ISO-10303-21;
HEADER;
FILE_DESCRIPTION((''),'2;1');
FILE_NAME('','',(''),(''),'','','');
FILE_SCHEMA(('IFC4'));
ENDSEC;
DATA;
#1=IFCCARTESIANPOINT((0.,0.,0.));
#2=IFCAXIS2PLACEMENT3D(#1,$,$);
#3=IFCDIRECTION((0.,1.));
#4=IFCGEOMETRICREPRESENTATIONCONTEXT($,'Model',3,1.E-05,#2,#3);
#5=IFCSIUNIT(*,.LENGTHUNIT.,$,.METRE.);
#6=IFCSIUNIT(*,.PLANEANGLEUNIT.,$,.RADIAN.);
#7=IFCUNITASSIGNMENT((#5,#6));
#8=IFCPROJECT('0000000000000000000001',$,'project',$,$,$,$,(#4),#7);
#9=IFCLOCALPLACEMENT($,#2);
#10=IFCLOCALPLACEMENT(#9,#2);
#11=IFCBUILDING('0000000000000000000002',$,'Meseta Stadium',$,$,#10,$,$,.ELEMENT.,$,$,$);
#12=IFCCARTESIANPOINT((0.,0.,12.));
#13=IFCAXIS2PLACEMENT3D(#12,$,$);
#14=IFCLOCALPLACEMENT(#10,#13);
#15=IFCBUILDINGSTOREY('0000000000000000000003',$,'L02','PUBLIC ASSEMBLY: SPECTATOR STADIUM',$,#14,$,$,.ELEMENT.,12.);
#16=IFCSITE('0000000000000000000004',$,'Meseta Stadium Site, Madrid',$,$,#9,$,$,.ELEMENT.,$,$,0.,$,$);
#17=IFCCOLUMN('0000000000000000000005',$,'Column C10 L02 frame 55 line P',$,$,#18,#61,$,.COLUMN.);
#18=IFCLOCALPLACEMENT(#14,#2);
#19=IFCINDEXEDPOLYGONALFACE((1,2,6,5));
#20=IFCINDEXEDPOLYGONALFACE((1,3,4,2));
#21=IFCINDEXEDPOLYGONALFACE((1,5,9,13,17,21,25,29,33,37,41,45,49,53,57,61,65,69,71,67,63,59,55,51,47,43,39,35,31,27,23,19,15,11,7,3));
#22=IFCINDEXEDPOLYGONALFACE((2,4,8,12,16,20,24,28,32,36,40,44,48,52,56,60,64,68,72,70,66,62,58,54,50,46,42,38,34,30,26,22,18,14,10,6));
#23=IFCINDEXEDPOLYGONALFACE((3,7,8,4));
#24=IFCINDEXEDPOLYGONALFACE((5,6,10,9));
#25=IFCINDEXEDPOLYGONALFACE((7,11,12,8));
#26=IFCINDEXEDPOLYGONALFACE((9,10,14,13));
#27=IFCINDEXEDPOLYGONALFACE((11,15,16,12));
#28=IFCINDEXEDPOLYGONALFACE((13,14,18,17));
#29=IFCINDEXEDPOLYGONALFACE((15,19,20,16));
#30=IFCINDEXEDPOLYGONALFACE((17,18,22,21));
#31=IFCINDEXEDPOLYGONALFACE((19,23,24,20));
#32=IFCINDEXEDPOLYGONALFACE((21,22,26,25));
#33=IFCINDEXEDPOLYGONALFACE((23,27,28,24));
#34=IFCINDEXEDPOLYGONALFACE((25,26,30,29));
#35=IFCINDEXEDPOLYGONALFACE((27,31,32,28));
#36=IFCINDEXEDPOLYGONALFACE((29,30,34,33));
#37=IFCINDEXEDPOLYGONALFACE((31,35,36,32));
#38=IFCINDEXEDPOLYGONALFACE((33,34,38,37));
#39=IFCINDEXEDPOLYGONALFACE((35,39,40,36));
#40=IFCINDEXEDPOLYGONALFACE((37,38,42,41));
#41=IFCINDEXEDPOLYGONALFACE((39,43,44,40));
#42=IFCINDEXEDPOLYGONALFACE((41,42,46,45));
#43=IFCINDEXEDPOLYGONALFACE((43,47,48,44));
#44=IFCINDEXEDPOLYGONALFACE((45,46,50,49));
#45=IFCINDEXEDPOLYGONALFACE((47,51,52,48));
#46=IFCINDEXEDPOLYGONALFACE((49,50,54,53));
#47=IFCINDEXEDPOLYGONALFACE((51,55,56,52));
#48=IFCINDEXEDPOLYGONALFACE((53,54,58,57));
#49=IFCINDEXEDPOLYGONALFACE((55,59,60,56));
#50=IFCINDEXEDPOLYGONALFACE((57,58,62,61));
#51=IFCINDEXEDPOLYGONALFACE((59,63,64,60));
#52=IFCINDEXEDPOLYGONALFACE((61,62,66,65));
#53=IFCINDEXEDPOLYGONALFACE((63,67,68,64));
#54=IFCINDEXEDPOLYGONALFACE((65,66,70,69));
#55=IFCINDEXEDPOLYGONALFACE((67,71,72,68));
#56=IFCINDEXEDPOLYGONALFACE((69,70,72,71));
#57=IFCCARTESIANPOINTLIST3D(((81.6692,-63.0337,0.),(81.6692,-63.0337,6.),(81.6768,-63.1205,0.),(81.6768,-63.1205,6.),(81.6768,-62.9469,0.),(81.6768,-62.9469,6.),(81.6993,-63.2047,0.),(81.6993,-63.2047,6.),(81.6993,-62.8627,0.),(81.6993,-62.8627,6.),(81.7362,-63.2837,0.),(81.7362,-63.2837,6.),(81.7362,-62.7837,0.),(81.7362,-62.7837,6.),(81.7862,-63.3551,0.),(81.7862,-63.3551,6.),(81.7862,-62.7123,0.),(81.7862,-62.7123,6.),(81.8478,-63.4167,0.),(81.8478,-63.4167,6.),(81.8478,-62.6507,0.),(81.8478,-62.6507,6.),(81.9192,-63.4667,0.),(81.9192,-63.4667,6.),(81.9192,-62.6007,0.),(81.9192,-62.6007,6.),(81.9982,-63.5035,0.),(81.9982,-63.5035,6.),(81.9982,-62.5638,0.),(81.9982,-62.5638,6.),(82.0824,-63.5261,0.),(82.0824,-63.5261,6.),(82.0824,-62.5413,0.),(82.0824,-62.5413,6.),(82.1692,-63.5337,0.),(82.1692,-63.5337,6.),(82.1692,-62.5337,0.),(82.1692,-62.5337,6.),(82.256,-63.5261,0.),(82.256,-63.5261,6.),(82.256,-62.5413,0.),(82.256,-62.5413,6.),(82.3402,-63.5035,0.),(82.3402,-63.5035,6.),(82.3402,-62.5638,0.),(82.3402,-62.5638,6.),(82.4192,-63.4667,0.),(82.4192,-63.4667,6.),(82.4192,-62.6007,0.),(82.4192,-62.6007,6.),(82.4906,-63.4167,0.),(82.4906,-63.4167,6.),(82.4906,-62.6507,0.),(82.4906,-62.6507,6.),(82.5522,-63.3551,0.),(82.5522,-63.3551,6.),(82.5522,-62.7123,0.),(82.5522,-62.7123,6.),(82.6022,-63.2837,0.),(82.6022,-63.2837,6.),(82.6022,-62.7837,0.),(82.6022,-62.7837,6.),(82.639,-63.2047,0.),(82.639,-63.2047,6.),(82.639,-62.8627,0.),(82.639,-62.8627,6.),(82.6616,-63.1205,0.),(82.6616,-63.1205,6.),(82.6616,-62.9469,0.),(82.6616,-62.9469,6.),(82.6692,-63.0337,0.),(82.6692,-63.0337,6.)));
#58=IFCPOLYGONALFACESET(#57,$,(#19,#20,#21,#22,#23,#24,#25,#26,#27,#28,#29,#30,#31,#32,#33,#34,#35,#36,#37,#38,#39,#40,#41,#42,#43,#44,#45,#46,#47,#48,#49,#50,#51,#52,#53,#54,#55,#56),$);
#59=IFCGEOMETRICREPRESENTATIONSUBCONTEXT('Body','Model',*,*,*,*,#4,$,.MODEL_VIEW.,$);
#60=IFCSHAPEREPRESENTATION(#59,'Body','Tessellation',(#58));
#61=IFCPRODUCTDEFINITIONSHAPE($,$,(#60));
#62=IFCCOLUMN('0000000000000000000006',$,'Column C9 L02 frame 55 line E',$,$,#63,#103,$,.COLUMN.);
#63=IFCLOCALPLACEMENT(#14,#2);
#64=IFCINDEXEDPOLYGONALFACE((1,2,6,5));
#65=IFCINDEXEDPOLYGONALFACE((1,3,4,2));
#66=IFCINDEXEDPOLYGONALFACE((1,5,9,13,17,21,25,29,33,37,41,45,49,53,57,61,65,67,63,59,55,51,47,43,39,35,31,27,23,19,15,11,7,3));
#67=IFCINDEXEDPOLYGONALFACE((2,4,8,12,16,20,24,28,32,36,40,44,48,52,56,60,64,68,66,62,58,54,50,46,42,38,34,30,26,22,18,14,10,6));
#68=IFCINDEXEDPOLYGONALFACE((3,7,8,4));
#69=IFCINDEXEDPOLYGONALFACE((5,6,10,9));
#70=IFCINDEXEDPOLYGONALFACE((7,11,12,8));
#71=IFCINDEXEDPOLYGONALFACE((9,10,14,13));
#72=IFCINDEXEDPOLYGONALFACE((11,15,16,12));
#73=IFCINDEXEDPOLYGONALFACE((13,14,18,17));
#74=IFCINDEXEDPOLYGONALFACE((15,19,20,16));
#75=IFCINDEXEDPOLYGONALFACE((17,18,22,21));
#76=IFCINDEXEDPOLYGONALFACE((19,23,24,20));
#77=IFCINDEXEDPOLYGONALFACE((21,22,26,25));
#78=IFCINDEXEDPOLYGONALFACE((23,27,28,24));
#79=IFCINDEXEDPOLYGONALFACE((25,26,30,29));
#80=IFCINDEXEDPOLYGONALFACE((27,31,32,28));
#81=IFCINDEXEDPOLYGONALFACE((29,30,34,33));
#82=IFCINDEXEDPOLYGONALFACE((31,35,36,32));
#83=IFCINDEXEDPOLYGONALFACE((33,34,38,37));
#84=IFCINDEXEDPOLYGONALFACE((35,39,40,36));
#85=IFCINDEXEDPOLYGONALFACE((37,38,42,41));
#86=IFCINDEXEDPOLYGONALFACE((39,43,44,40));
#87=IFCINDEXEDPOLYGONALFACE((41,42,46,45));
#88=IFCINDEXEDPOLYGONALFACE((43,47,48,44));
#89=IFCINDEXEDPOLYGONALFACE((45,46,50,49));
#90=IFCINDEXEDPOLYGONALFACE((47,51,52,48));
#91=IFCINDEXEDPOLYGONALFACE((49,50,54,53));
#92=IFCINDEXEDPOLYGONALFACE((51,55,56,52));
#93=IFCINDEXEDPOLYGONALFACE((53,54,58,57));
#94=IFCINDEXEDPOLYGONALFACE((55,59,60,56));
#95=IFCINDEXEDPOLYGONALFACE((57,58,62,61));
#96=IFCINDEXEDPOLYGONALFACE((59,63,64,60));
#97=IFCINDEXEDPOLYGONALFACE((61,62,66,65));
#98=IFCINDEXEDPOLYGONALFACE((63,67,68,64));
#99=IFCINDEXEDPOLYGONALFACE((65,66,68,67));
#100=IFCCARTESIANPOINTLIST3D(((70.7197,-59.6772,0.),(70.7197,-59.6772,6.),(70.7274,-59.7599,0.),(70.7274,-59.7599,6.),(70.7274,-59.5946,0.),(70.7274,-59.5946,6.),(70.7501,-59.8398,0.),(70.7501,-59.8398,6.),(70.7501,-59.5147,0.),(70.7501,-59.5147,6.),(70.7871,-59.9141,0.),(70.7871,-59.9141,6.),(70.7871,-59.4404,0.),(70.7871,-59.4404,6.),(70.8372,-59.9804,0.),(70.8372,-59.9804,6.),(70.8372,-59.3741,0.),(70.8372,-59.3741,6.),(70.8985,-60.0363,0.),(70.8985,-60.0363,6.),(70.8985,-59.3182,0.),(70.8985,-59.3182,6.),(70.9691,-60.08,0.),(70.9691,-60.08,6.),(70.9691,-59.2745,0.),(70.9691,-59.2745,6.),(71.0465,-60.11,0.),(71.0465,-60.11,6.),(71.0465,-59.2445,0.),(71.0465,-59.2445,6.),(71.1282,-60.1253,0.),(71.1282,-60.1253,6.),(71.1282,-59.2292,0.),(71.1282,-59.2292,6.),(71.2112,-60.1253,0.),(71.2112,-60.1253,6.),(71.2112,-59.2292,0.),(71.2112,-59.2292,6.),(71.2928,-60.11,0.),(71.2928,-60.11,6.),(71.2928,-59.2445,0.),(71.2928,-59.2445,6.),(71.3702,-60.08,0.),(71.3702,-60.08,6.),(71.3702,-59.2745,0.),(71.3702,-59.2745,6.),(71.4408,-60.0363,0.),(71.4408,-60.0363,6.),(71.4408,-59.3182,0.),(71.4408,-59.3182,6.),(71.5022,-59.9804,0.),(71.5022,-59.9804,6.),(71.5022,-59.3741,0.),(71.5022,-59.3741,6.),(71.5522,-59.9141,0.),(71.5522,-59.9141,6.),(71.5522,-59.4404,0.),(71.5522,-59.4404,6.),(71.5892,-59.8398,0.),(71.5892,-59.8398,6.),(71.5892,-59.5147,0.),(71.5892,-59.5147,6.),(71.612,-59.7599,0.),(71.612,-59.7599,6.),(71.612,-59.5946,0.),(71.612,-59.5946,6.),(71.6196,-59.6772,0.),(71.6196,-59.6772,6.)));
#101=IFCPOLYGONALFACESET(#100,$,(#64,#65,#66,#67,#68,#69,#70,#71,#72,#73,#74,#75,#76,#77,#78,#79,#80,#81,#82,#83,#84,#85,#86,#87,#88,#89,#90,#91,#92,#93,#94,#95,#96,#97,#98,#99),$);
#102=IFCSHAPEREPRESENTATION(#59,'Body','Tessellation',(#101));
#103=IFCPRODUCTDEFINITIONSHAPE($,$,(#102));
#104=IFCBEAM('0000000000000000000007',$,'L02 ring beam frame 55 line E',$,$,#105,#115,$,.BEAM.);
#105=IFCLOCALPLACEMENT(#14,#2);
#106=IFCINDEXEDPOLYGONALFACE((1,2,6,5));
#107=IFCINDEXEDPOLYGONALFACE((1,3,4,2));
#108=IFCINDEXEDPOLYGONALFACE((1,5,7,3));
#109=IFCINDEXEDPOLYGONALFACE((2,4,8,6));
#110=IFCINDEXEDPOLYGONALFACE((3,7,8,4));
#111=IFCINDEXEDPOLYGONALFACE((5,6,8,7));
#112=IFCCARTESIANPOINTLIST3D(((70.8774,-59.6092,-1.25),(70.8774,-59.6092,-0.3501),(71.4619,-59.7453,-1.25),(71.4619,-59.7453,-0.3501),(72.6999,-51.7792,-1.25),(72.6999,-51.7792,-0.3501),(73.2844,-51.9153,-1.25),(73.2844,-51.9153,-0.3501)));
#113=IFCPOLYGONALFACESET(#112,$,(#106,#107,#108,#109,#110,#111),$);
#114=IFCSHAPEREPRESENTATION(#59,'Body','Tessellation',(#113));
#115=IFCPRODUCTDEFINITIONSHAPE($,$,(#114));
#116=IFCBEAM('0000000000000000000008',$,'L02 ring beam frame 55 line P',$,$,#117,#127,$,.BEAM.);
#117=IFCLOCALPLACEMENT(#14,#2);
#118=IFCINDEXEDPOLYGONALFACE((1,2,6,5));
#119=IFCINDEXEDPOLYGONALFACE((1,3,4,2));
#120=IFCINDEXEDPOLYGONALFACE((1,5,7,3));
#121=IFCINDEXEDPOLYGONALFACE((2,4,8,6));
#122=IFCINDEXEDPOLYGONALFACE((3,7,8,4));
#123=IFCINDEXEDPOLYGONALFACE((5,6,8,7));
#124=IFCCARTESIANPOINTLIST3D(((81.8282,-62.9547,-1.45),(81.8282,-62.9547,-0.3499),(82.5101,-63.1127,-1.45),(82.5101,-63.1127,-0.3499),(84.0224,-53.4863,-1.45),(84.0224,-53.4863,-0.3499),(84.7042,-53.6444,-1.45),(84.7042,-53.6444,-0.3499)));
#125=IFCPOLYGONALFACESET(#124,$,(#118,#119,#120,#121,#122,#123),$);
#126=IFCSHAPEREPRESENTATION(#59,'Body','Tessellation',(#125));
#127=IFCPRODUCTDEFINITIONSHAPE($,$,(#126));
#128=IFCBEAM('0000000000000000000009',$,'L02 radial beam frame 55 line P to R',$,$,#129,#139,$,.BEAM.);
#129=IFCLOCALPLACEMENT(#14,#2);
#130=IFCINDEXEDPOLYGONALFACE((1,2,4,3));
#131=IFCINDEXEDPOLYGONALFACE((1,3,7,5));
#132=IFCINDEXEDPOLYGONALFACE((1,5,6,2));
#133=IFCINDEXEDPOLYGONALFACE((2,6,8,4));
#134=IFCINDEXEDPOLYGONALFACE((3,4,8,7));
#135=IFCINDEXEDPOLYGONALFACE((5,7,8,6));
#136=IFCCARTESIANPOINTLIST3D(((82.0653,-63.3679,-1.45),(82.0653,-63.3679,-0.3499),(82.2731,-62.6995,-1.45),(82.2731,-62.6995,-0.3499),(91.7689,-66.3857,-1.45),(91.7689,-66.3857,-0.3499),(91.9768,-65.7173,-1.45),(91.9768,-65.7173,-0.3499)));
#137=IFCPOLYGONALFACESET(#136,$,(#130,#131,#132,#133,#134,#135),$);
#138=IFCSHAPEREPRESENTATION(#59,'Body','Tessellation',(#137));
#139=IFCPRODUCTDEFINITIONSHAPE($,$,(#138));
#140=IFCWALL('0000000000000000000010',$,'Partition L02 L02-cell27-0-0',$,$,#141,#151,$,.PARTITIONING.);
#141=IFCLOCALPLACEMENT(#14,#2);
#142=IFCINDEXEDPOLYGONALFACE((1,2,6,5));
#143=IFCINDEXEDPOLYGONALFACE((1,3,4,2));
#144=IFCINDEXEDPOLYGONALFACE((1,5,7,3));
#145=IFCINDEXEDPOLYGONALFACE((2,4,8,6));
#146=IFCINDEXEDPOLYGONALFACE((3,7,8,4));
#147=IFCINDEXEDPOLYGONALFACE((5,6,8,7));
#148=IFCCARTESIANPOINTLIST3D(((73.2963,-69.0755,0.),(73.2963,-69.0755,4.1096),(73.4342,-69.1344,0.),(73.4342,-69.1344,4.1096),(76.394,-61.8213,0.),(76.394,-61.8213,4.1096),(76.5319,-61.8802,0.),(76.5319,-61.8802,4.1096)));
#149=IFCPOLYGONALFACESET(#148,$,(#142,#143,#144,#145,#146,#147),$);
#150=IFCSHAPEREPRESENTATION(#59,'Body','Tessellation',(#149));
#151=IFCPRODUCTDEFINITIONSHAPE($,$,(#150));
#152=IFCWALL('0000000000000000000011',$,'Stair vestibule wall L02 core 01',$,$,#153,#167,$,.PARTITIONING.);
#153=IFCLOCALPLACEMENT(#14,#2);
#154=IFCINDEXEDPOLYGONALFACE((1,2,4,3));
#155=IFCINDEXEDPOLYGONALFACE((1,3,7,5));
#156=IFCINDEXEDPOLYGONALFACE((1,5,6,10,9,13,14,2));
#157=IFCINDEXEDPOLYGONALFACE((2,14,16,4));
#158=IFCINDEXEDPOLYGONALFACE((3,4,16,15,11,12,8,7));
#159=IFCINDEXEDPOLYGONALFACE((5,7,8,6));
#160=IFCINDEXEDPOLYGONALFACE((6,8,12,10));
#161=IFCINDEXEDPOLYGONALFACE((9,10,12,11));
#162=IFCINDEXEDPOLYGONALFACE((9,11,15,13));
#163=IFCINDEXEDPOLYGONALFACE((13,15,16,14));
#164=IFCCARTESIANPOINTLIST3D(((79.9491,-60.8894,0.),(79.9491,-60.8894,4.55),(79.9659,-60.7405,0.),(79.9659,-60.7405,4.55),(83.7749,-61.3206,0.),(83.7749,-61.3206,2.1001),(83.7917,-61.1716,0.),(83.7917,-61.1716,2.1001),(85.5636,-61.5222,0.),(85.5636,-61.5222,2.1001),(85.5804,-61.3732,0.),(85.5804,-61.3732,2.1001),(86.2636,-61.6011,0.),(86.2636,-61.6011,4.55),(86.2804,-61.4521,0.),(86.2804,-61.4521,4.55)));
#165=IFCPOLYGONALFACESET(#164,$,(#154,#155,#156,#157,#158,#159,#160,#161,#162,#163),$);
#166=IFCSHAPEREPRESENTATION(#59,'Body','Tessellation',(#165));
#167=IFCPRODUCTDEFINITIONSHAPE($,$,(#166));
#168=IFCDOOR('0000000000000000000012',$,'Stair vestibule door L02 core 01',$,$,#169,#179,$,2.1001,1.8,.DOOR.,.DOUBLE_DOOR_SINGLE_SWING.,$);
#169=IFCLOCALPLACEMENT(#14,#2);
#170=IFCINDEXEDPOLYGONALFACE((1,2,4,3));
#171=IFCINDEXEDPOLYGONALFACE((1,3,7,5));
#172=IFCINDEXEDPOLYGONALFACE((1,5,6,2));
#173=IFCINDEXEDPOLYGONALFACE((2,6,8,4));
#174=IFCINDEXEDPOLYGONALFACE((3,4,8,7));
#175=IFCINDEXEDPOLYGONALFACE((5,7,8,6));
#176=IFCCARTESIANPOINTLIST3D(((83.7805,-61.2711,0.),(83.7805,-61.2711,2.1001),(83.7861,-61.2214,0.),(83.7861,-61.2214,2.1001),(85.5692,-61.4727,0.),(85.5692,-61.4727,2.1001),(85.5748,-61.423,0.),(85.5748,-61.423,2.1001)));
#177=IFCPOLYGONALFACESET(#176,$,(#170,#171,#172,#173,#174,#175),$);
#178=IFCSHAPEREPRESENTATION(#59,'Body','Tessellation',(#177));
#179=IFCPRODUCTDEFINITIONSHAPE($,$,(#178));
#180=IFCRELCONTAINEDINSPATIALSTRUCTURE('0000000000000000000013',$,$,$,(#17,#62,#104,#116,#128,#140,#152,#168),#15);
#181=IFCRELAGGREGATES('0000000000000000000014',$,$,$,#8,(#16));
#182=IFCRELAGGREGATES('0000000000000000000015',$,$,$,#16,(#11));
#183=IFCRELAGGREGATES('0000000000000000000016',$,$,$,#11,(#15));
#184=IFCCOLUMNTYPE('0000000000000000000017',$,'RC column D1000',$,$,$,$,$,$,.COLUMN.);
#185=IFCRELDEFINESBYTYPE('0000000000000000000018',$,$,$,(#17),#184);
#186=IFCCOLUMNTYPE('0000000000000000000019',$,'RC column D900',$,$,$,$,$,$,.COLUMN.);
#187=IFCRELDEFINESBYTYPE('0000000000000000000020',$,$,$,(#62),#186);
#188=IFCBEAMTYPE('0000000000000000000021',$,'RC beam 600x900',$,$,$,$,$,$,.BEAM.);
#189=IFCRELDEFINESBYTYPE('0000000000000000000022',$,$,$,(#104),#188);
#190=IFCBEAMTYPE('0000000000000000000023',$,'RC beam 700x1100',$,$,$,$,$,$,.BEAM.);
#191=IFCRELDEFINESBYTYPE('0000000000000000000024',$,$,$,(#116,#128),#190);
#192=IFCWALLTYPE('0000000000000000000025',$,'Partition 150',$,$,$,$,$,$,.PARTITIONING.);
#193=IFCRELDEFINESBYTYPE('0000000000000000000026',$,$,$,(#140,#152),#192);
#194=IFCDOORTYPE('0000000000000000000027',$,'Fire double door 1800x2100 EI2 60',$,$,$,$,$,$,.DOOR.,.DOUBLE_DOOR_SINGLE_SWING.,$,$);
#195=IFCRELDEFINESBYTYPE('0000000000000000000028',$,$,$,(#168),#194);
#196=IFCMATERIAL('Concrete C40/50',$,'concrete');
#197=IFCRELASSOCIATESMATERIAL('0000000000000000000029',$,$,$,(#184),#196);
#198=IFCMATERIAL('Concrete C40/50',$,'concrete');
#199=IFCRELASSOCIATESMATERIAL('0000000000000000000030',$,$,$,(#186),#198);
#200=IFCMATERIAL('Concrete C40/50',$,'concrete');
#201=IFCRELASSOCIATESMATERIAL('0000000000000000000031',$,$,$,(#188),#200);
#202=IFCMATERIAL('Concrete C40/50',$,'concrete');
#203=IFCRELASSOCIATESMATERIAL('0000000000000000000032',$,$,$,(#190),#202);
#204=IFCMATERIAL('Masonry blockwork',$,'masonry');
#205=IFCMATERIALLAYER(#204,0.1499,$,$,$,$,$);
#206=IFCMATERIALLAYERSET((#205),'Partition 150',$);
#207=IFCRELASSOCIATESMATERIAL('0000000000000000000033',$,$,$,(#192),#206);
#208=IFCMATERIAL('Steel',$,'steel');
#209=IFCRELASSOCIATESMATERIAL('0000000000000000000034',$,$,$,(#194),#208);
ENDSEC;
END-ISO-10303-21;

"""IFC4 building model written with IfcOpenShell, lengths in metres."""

from ifc_helpers import new_model, si_unit, direction, frame, frame_2d, origin, origin_2d, place, context, subcontext, project, spatial, rectangle, circle, extrude, material, layer, layer_set, material_profile, profile_set, type_object, element, fill, save


model = new_model("IFC4")

# Units and contexts
model_context = context("Model", 3, precision=1e-05, world=origin(), true_north=direction((0.0, 1.0)))
body_context = subcontext(model_context, "Body", "Model", "MODEL_VIEW")
ifc_project = project(units=[si_unit("LENGTHUNIT", "METRE"), si_unit("PLANEANGLEUNIT", "RADIAN")], contexts=[model_context])

# Site, building, storey
site_placement = place(None, origin())
site = spatial("IfcSite", under=ifc_project, at=site_placement, Name="Meseta Stadium Site, Madrid", CompositionType="ELEMENT", RefElevation=0.0)
building_placement = place(site_placement, origin())
building = spatial("IfcBuilding", under=site, at=building_placement, Name="Meseta Stadium", CompositionType="ELEMENT")
storey_placement = place(building_placement, frame((0.0, 0.0, 12.0)))
storey = spatial("IfcBuildingStorey", under=building, at=storey_placement, Name="L02", Description="PUBLIC ASSEMBLY: SPECTATOR STADIUM", CompositionType="ELEMENT", Elevation=12.0)

# Columns
ifc_material_1 = material(Name="Concrete C40/50", Category="concrete")
ifc_material_profile_1 = material_profile(ifc_material_1, circle(Radius=0.5, at=origin_2d()), Name="RC D1000")
ifc_profile_set_1 = profile_set([ifc_material_profile_1], Name="Concrete C40/50")
column_type_1 = type_object("IfcColumnType", Name="RC column D1000", PredefinedType="COLUMN", material=ifc_profile_set_1)
column_1_placement = place(storey_placement, frame((82.1692, -63.0337, 0.0), z_axis=(0.0, 0.0, 1.0), x_axis=(1.0, 0.0, 0.0)))
element("IfcColumn", 1, at=column_1_placement, inside=storey, type_object=column_type_1, Name="Column C10 L02 frame 55 line P", PredefinedType="COLUMN", context=body_context, shape_type="SweptSolid", body=[
    extrude(circle(Radius=0.5, at=origin_2d()), origin(), (0.0, 0.0, 1.0), 6.0),
])
ifc_material_2 = material(Name="Concrete C40/50", Category="concrete")
ifc_material_profile_2 = material_profile(ifc_material_2, circle(Radius=0.45, at=origin_2d()), Name="RC D900")
ifc_profile_set_2 = profile_set([ifc_material_profile_2], Name="Concrete C40/50")
column_type_2 = type_object("IfcColumnType", Name="RC column D900", PredefinedType="COLUMN", material=ifc_profile_set_2)
column_2_placement = place(storey_placement, frame((71.1697, -59.6772, 0.0), z_axis=(0.0, 0.0, 1.0), x_axis=(1.0, 0.0, 0.0)))
element("IfcColumn", 2, at=column_2_placement, inside=storey, type_object=column_type_2, Name="Column C9 L02 frame 55 line E", PredefinedType="COLUMN", context=body_context, shape_type="SweptSolid", body=[
    extrude(circle(Radius=0.45, at=origin_2d()), origin(), (0.0, 0.0, 1.0), 6.0),
])

# Beams
ifc_material_3 = material(Name="Concrete C40/50", Category="concrete")
ifc_material_profile_3 = material_profile(ifc_material_3, rectangle(XDim=0.6001, YDim=0.8999, at=origin_2d()), Name="RC 600x900")
ifc_profile_set_3 = profile_set([ifc_material_profile_3], Name="Concrete C40/50")
beam_type_1 = type_object("IfcBeamType", Name="RC beam 600x900", PredefinedType="BEAM", material=ifc_profile_set_3)
beam_1_placement = place(storey_placement, frame((71.1697, -59.6772, -0.8), z_axis=(0.226698, 0.973965, 0.0), x_axis=(-0.973965, 0.226698, 0.0)))
element("IfcBeam", 3, at=beam_1_placement, inside=storey, type_object=beam_type_1, Name="L02 ring beam frame 55 line E", PredefinedType="BEAM", context=body_context, shape_type="SweptSolid", body=[
    extrude(rectangle(XDim=0.6001, YDim=0.8999, at=origin_2d()), origin(), (0.0, 0.0, 1.0), 8.0393),
])
ifc_material_4 = material(Name="Concrete C40/50", Category="concrete")
ifc_material_profile_4 = material_profile(ifc_material_4, rectangle(XDim=0.7, YDim=1.1001, at=origin_2d()), Name="RC 700x1100")
ifc_profile_set_4 = profile_set([ifc_material_profile_4], Name="Concrete C40/50")
beam_type_2 = type_object("IfcBeamType", Name="RC beam 700x1100", PredefinedType="BEAM", material=ifc_profile_set_4)
beam_2_placement = place(storey_placement, frame((82.1692, -63.0337, -0.8999), z_axis=(0.225749, 0.974185, 0.0), x_axis=(-0.974185, 0.225749, 0.0)))
element("IfcBeam", 4, at=beam_2_placement, inside=storey, type_object=beam_type_2, Name="L02 ring beam frame 55 line P", PredefinedType="BEAM", context=body_context, shape_type="SweptSolid", body=[
    extrude(rectangle(XDim=0.7, YDim=1.1001, at=origin_2d()), origin(), (0.0, 0.0, 1.0), 9.7192),
])
beam_3_placement = place(storey_placement, frame((82.1692, -63.0337, -0.8999), z_axis=(0.954887, -0.29697, 0.0), x_axis=(0.29697, 0.954887, 0.0)))
element("IfcBeam", 5, at=beam_3_placement, inside=storey, type_object=beam_type_2, Name="L02 radial beam frame 55 line P to R", PredefinedType="BEAM", context=body_context, shape_type="SweptSolid", body=[
    extrude(rectangle(XDim=0.7, YDim=1.1001, at=origin_2d()), origin(), (0.0, 0.0, 1.0), 10.1621),
])

# Wall
ifc_material_5 = material(Name="Masonry blockwork", Category="masonry")
ifc_layer = layer(ifc_material_5, 0.1499)
ifc_layer_set = layer_set([ifc_layer], Name="Partition 150")
wall_type = type_object("IfcWallType", Name="Partition 150", PredefinedType="PARTITIONING", material=ifc_layer_set)
wall_1_placement = place(storey_placement, frame((76.4629, -61.8508, 0.0), z_axis=(0.0, 0.0, 1.0), x_axis=(-0.392712, -0.919661, 0.0)))
element("IfcWall", 6, at=wall_1_placement, inside=storey, type_object=wall_type, Name="Partition L02 L02-cell27-0-0", PredefinedType="PARTITIONING", context=body_context, shape_type="SweptSolid", body=[
    extrude(rectangle(XDim=7.8879, YDim=0.1499, at=frame_2d((3.9438, 0.0))), origin(), (0.0, 0.0, 1.0), 4.1096),
])

# Wall, opening, door
wall_2_placement = place(storey_placement, frame((79.9575, -60.8149, 0.0), z_axis=(0.0, 0.0, 1.0), x_axis=(0.993709, -0.111996, 0.0)))
wall_2 = element("IfcWall", 7, at=wall_2_placement, inside=storey, type_object=wall_type, Name="Stair vestibule wall L02 core 01", PredefinedType="PARTITIONING", context=body_context, shape_type="SweptSolid", body=[
    extrude(rectangle(XDim=6.3545, YDim=0.1499, at=frame_2d((3.1772, 0.0))), origin(), (0.0, 0.0, 1.0), 4.55),
])
opening_1_placement = place(wall_2_placement, frame((3.8501, 0.0, 0.0)))
opening_1 = element("IfcOpeningElement", 8, at=opening_1_placement, cuts=wall_2, PredefinedType="OPENING", context=body_context, shape_type="SweptSolid", body=[
    extrude(rectangle(XDim=1.8, YDim=2.1001, at=frame_2d((0.8999, 1.05))), frame((0.0, 0.085, 0.0), z_axis=(0.0, -1.0, 0.0), x_axis=(1.0, 0.0, 0.0)), (0.0, 0.0, 1.0), 0.1699),
])
ifc_material_6 = material(Name="Steel", Category="steel")
door_type = type_object("IfcDoorType", Name="Fire double door 1800x2100 EI2 60", OperationType="DOUBLE_DOOR_SINGLE_SWING", PredefinedType="DOOR", material=ifc_material_6)
door_1_placement = place(opening_1_placement, origin())
door_1 = element("IfcDoor", 9, at=door_1_placement, inside=storey, type_object=door_type, Name="Stair vestibule door L02 core 01", OperationType="DOUBLE_DOOR_SINGLE_SWING", OverallHeight=2.1001, OverallWidth=1.8, PredefinedType="DOOR", context=body_context, shape_type="SweptSolid", body=[
    extrude(rectangle(XDim=1.8, YDim=2.1001, at=frame_2d((0.8999, 1.05))), frame((0.0, 0.0249, 0.0), z_axis=(0.0, -1.0, 0.0), x_axis=(1.0, 0.0, 0.0)), (0.0, 0.0, 1.0), 0.05),
])
fill(opening_1, door_1)

save(model, "model.ifc")
